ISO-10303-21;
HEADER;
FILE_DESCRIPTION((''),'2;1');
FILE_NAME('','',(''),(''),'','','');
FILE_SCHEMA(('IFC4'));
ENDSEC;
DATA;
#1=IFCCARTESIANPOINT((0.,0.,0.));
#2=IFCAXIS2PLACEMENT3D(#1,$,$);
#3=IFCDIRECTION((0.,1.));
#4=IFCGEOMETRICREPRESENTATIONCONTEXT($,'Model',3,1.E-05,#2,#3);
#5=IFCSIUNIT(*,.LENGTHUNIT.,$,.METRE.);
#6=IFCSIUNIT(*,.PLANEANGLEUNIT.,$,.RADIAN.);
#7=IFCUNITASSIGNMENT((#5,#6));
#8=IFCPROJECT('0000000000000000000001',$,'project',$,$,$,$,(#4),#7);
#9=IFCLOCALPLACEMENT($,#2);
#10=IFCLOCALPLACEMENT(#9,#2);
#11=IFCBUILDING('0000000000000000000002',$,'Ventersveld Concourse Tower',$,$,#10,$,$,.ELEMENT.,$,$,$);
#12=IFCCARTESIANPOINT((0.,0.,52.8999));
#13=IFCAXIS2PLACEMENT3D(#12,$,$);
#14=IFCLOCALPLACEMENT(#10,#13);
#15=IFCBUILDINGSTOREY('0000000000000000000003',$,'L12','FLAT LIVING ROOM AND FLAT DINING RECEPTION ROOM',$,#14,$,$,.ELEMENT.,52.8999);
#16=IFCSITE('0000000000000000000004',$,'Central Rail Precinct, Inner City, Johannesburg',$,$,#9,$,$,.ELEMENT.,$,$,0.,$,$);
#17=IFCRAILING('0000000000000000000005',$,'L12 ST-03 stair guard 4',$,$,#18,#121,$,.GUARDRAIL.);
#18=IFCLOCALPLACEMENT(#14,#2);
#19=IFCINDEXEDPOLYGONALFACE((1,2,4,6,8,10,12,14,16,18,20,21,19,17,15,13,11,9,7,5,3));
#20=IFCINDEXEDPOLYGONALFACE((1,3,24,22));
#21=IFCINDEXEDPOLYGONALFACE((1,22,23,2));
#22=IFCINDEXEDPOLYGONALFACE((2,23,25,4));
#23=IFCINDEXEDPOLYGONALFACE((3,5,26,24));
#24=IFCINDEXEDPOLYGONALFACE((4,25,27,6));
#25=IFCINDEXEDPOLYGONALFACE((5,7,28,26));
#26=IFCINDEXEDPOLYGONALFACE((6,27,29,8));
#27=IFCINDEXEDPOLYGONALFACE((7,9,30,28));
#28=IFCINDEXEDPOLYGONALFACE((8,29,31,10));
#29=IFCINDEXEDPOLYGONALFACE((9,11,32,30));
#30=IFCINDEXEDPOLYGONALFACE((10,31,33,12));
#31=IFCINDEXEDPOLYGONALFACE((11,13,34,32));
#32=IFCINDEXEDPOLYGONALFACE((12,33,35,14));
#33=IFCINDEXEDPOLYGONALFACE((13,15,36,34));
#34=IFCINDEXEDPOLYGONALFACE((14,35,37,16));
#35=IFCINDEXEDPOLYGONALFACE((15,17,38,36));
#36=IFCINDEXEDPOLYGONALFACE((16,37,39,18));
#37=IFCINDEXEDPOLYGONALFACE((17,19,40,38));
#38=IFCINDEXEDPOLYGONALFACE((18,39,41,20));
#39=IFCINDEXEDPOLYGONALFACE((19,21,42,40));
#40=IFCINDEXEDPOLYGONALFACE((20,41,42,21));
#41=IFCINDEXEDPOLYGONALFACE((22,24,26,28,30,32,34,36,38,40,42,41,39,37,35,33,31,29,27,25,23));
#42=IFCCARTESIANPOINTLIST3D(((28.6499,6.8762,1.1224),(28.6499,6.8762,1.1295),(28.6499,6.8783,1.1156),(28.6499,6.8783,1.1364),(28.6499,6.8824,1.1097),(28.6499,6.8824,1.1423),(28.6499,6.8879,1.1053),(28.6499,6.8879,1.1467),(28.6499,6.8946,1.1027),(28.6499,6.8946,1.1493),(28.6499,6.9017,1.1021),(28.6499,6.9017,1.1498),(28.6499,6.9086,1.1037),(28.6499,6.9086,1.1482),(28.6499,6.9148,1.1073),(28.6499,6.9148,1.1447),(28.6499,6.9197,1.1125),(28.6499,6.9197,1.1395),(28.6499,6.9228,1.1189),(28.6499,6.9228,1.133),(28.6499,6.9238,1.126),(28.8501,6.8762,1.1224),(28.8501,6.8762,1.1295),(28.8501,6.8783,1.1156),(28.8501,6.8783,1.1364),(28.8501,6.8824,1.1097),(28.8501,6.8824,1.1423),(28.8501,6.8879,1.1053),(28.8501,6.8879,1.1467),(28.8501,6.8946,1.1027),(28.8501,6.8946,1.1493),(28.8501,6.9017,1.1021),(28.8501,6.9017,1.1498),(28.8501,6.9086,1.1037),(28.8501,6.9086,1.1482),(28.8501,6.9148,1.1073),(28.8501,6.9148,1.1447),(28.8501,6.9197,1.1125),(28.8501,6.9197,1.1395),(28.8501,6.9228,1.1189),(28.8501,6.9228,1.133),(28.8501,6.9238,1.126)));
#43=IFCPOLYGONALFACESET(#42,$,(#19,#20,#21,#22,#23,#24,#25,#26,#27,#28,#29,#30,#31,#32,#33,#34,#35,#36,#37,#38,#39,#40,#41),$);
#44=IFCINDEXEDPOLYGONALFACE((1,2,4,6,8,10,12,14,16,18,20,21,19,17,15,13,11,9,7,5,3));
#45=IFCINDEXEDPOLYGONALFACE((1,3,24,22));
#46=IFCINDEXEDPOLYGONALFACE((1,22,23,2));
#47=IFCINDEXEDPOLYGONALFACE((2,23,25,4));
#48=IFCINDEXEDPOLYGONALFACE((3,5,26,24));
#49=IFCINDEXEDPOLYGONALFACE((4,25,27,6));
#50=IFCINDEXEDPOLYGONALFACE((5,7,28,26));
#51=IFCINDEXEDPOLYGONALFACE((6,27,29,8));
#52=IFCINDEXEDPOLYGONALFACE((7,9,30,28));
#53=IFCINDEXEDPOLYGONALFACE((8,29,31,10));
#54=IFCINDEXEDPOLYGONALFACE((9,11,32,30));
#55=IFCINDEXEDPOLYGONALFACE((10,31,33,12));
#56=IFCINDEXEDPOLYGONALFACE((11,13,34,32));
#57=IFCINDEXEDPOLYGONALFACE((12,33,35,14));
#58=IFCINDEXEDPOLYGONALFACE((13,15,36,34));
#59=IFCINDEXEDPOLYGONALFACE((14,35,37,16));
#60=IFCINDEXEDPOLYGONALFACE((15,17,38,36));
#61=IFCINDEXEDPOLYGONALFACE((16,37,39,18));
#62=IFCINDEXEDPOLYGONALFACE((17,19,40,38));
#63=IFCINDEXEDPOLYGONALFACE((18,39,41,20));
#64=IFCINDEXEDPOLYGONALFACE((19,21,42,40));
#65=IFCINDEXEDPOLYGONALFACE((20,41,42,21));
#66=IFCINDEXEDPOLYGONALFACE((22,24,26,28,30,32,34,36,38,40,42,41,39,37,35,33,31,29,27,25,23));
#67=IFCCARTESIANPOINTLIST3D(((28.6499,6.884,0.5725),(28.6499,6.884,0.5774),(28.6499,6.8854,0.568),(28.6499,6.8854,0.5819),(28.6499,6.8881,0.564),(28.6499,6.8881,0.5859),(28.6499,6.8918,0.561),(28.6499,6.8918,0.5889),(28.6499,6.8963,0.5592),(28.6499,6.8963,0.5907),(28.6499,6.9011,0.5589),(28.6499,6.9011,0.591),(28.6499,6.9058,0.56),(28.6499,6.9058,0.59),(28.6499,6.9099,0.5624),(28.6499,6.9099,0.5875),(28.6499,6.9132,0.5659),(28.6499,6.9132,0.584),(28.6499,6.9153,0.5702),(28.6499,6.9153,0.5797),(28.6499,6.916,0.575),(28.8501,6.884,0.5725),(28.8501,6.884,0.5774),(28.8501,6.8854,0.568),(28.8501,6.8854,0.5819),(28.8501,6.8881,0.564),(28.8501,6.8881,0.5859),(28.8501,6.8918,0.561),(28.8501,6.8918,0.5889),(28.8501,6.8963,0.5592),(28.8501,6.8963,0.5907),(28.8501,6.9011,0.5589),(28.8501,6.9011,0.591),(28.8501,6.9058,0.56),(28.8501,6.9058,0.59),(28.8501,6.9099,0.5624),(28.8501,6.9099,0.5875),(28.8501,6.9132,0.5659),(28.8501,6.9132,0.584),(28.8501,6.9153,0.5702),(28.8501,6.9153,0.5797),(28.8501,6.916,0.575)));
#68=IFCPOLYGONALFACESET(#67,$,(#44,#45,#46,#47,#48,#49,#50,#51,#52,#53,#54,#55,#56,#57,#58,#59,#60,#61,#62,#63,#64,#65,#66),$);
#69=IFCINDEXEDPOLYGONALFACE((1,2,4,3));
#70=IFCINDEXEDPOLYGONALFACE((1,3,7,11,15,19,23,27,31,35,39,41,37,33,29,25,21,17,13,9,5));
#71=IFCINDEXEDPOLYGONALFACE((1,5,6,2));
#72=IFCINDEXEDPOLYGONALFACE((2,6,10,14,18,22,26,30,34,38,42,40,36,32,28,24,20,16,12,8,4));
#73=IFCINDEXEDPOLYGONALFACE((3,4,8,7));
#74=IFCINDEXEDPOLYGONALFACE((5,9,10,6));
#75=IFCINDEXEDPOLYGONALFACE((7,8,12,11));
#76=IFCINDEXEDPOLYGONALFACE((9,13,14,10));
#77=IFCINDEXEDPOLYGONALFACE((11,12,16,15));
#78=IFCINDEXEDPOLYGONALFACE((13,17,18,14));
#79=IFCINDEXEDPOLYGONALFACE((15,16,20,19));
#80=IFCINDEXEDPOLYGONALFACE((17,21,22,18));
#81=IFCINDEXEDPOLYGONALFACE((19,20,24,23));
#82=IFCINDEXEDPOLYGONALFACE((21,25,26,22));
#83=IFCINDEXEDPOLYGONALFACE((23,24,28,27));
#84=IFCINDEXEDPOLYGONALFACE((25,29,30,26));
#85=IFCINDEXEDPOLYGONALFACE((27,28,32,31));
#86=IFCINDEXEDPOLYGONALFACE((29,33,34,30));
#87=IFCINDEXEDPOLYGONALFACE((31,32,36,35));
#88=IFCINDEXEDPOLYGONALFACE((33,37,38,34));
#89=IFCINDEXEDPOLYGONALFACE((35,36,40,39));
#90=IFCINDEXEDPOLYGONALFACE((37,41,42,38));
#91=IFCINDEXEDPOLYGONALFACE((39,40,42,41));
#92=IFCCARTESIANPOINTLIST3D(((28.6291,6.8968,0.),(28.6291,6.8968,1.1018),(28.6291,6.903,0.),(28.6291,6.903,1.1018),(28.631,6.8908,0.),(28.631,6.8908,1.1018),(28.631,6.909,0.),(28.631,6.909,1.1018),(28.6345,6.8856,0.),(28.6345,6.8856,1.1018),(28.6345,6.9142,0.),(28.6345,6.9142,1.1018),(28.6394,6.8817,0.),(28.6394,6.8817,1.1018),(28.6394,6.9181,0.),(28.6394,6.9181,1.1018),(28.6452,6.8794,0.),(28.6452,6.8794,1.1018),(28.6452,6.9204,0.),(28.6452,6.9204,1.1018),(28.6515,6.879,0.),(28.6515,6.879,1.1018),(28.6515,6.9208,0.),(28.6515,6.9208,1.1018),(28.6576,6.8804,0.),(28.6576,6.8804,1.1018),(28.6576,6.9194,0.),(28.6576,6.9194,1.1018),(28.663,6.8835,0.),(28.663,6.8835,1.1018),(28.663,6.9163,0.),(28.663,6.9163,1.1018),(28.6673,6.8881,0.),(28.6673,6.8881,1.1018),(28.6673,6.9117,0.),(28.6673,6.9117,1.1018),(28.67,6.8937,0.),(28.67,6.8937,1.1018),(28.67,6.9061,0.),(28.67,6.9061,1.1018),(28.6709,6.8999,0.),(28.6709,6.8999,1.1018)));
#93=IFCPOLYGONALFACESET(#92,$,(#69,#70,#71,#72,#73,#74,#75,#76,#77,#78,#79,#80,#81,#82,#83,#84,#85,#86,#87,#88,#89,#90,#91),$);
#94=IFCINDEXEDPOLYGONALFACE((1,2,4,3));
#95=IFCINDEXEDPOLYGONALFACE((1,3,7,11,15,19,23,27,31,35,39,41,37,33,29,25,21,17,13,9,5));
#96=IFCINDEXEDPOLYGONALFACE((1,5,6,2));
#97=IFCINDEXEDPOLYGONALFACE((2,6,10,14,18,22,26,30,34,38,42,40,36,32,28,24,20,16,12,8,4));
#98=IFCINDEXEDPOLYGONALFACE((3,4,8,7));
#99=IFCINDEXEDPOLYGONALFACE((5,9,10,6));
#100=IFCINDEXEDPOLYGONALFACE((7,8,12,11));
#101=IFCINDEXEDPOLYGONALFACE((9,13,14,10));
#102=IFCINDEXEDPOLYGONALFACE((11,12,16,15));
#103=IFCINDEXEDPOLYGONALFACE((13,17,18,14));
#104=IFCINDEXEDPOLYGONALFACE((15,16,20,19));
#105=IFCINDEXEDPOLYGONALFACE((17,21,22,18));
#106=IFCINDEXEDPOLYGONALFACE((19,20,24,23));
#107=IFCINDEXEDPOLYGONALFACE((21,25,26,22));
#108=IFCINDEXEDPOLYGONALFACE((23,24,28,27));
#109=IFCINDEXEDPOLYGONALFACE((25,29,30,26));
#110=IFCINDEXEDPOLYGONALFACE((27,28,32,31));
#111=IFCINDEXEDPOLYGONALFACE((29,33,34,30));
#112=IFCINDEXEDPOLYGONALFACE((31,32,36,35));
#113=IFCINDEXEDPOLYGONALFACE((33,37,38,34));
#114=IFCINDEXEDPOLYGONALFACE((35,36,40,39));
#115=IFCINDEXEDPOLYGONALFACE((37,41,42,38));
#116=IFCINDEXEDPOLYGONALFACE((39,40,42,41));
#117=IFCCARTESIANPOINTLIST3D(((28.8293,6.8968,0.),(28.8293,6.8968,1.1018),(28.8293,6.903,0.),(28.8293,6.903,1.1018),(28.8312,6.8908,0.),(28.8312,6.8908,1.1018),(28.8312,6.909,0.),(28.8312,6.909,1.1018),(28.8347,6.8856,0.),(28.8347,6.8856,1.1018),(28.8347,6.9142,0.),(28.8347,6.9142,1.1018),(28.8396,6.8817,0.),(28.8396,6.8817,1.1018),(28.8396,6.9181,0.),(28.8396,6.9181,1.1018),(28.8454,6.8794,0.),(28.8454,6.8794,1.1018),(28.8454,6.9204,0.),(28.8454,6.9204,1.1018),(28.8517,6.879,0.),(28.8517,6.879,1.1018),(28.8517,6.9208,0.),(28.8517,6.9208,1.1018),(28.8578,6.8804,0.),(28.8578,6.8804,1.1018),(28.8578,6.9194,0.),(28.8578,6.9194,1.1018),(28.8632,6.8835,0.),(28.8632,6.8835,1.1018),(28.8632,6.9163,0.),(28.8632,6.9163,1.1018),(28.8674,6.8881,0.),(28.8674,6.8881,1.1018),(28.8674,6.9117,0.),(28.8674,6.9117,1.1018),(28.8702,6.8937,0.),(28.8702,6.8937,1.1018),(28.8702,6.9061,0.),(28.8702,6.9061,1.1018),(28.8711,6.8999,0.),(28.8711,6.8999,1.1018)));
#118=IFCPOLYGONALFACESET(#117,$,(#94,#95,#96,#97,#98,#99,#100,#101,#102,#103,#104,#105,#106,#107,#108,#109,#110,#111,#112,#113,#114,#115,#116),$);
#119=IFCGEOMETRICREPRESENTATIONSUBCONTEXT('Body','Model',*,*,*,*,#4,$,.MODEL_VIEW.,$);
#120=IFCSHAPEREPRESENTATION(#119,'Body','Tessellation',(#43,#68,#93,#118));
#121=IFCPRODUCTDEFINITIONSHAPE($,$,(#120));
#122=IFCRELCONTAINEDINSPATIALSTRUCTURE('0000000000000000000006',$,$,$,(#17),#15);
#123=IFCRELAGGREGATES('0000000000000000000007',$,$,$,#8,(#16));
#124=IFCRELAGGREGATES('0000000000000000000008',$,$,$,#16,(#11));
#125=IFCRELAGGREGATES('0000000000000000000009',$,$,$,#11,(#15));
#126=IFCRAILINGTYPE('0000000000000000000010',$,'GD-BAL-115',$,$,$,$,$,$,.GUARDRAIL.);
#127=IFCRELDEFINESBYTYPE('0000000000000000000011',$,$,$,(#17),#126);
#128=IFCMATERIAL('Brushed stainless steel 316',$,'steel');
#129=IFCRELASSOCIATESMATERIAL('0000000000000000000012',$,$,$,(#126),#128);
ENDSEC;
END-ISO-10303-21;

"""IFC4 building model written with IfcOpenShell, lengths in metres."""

from ifc_helpers import new_model, si_unit, direction, frame, origin, origin_2d, place, context, subcontext, project, spatial, circle, extrude, material, type_object, element, save


model = new_model("IFC4")

# Units and contexts
model_context = context("Model", 3, precision=1e-05, world=origin(), true_north=direction((0.0, 1.0)))
body_context = subcontext(model_context, "Body", "Model", "MODEL_VIEW")
ifc_project = project(units=[si_unit("LENGTHUNIT", "METRE"), si_unit("PLANEANGLEUNIT", "RADIAN")], contexts=[model_context])

# Site, building, storey
site_placement = place(None, origin())
site = spatial("IfcSite", under=ifc_project, at=site_placement, Name="Central Rail Precinct, Inner City, Johannesburg", CompositionType="ELEMENT", RefElevation=0.0)
building_placement = place(site_placement, origin())
building = spatial("IfcBuilding", under=site, at=building_placement, Name="Ventersveld Concourse Tower", CompositionType="ELEMENT")
storey_placement = place(building_placement, frame((0.0, 0.0, 52.8999)))
storey = spatial("IfcBuildingStorey", under=building, at=storey_placement, Name="L12", Description="FLAT LIVING ROOM AND FLAT DINING RECEPTION ROOM", CompositionType="ELEMENT", Elevation=52.8999)

# Shared definitions
ifc_material_1 = material(Name="Brushed stainless steel 316", Category="steel")

# Railing
railing_type_1 = type_object("IfcRailingType", Name="GD-BAL-115", PredefinedType="GUARDRAIL", material=ifc_material_1)
railing_1_placement = place(storey_placement, frame((28.6499, 6.8999, 0.0)))
element("IfcRailing", 1, at=railing_1_placement, inside=storey, type_object=railing_type_1, Name="L12 ST-03 stair guard 4", PredefinedType="GUARDRAIL", context=body_context, shape_type="SweptSolid", body=[
    extrude(circle(Radius=0.0239, at=origin_2d()), frame((0.0, 0.0, 1.126), z_axis=(1.0, 0.0, 0.0), x_axis=(0.0, 1.0, 0.0)), (0.0, 0.0, 1.0), 0.2002),
    extrude(circle(Radius=0.0161, at=origin_2d()), frame((0.0, 0.0, 0.575), z_axis=(1.0, 0.0, 0.0), x_axis=(0.0, 1.0, 0.0)), (0.0, 0.0, 1.0), 0.2002),
    extrude(circle(Radius=0.021, at=origin_2d()), origin(), (0.0, 0.0, 1.0), 1.1018),
    extrude(circle(Radius=0.021, at=origin_2d()), frame((0.2002, 0.0, 0.0)), (0.0, 0.0, 1.0), 1.1018),
])

save(model, "model.ifc")
